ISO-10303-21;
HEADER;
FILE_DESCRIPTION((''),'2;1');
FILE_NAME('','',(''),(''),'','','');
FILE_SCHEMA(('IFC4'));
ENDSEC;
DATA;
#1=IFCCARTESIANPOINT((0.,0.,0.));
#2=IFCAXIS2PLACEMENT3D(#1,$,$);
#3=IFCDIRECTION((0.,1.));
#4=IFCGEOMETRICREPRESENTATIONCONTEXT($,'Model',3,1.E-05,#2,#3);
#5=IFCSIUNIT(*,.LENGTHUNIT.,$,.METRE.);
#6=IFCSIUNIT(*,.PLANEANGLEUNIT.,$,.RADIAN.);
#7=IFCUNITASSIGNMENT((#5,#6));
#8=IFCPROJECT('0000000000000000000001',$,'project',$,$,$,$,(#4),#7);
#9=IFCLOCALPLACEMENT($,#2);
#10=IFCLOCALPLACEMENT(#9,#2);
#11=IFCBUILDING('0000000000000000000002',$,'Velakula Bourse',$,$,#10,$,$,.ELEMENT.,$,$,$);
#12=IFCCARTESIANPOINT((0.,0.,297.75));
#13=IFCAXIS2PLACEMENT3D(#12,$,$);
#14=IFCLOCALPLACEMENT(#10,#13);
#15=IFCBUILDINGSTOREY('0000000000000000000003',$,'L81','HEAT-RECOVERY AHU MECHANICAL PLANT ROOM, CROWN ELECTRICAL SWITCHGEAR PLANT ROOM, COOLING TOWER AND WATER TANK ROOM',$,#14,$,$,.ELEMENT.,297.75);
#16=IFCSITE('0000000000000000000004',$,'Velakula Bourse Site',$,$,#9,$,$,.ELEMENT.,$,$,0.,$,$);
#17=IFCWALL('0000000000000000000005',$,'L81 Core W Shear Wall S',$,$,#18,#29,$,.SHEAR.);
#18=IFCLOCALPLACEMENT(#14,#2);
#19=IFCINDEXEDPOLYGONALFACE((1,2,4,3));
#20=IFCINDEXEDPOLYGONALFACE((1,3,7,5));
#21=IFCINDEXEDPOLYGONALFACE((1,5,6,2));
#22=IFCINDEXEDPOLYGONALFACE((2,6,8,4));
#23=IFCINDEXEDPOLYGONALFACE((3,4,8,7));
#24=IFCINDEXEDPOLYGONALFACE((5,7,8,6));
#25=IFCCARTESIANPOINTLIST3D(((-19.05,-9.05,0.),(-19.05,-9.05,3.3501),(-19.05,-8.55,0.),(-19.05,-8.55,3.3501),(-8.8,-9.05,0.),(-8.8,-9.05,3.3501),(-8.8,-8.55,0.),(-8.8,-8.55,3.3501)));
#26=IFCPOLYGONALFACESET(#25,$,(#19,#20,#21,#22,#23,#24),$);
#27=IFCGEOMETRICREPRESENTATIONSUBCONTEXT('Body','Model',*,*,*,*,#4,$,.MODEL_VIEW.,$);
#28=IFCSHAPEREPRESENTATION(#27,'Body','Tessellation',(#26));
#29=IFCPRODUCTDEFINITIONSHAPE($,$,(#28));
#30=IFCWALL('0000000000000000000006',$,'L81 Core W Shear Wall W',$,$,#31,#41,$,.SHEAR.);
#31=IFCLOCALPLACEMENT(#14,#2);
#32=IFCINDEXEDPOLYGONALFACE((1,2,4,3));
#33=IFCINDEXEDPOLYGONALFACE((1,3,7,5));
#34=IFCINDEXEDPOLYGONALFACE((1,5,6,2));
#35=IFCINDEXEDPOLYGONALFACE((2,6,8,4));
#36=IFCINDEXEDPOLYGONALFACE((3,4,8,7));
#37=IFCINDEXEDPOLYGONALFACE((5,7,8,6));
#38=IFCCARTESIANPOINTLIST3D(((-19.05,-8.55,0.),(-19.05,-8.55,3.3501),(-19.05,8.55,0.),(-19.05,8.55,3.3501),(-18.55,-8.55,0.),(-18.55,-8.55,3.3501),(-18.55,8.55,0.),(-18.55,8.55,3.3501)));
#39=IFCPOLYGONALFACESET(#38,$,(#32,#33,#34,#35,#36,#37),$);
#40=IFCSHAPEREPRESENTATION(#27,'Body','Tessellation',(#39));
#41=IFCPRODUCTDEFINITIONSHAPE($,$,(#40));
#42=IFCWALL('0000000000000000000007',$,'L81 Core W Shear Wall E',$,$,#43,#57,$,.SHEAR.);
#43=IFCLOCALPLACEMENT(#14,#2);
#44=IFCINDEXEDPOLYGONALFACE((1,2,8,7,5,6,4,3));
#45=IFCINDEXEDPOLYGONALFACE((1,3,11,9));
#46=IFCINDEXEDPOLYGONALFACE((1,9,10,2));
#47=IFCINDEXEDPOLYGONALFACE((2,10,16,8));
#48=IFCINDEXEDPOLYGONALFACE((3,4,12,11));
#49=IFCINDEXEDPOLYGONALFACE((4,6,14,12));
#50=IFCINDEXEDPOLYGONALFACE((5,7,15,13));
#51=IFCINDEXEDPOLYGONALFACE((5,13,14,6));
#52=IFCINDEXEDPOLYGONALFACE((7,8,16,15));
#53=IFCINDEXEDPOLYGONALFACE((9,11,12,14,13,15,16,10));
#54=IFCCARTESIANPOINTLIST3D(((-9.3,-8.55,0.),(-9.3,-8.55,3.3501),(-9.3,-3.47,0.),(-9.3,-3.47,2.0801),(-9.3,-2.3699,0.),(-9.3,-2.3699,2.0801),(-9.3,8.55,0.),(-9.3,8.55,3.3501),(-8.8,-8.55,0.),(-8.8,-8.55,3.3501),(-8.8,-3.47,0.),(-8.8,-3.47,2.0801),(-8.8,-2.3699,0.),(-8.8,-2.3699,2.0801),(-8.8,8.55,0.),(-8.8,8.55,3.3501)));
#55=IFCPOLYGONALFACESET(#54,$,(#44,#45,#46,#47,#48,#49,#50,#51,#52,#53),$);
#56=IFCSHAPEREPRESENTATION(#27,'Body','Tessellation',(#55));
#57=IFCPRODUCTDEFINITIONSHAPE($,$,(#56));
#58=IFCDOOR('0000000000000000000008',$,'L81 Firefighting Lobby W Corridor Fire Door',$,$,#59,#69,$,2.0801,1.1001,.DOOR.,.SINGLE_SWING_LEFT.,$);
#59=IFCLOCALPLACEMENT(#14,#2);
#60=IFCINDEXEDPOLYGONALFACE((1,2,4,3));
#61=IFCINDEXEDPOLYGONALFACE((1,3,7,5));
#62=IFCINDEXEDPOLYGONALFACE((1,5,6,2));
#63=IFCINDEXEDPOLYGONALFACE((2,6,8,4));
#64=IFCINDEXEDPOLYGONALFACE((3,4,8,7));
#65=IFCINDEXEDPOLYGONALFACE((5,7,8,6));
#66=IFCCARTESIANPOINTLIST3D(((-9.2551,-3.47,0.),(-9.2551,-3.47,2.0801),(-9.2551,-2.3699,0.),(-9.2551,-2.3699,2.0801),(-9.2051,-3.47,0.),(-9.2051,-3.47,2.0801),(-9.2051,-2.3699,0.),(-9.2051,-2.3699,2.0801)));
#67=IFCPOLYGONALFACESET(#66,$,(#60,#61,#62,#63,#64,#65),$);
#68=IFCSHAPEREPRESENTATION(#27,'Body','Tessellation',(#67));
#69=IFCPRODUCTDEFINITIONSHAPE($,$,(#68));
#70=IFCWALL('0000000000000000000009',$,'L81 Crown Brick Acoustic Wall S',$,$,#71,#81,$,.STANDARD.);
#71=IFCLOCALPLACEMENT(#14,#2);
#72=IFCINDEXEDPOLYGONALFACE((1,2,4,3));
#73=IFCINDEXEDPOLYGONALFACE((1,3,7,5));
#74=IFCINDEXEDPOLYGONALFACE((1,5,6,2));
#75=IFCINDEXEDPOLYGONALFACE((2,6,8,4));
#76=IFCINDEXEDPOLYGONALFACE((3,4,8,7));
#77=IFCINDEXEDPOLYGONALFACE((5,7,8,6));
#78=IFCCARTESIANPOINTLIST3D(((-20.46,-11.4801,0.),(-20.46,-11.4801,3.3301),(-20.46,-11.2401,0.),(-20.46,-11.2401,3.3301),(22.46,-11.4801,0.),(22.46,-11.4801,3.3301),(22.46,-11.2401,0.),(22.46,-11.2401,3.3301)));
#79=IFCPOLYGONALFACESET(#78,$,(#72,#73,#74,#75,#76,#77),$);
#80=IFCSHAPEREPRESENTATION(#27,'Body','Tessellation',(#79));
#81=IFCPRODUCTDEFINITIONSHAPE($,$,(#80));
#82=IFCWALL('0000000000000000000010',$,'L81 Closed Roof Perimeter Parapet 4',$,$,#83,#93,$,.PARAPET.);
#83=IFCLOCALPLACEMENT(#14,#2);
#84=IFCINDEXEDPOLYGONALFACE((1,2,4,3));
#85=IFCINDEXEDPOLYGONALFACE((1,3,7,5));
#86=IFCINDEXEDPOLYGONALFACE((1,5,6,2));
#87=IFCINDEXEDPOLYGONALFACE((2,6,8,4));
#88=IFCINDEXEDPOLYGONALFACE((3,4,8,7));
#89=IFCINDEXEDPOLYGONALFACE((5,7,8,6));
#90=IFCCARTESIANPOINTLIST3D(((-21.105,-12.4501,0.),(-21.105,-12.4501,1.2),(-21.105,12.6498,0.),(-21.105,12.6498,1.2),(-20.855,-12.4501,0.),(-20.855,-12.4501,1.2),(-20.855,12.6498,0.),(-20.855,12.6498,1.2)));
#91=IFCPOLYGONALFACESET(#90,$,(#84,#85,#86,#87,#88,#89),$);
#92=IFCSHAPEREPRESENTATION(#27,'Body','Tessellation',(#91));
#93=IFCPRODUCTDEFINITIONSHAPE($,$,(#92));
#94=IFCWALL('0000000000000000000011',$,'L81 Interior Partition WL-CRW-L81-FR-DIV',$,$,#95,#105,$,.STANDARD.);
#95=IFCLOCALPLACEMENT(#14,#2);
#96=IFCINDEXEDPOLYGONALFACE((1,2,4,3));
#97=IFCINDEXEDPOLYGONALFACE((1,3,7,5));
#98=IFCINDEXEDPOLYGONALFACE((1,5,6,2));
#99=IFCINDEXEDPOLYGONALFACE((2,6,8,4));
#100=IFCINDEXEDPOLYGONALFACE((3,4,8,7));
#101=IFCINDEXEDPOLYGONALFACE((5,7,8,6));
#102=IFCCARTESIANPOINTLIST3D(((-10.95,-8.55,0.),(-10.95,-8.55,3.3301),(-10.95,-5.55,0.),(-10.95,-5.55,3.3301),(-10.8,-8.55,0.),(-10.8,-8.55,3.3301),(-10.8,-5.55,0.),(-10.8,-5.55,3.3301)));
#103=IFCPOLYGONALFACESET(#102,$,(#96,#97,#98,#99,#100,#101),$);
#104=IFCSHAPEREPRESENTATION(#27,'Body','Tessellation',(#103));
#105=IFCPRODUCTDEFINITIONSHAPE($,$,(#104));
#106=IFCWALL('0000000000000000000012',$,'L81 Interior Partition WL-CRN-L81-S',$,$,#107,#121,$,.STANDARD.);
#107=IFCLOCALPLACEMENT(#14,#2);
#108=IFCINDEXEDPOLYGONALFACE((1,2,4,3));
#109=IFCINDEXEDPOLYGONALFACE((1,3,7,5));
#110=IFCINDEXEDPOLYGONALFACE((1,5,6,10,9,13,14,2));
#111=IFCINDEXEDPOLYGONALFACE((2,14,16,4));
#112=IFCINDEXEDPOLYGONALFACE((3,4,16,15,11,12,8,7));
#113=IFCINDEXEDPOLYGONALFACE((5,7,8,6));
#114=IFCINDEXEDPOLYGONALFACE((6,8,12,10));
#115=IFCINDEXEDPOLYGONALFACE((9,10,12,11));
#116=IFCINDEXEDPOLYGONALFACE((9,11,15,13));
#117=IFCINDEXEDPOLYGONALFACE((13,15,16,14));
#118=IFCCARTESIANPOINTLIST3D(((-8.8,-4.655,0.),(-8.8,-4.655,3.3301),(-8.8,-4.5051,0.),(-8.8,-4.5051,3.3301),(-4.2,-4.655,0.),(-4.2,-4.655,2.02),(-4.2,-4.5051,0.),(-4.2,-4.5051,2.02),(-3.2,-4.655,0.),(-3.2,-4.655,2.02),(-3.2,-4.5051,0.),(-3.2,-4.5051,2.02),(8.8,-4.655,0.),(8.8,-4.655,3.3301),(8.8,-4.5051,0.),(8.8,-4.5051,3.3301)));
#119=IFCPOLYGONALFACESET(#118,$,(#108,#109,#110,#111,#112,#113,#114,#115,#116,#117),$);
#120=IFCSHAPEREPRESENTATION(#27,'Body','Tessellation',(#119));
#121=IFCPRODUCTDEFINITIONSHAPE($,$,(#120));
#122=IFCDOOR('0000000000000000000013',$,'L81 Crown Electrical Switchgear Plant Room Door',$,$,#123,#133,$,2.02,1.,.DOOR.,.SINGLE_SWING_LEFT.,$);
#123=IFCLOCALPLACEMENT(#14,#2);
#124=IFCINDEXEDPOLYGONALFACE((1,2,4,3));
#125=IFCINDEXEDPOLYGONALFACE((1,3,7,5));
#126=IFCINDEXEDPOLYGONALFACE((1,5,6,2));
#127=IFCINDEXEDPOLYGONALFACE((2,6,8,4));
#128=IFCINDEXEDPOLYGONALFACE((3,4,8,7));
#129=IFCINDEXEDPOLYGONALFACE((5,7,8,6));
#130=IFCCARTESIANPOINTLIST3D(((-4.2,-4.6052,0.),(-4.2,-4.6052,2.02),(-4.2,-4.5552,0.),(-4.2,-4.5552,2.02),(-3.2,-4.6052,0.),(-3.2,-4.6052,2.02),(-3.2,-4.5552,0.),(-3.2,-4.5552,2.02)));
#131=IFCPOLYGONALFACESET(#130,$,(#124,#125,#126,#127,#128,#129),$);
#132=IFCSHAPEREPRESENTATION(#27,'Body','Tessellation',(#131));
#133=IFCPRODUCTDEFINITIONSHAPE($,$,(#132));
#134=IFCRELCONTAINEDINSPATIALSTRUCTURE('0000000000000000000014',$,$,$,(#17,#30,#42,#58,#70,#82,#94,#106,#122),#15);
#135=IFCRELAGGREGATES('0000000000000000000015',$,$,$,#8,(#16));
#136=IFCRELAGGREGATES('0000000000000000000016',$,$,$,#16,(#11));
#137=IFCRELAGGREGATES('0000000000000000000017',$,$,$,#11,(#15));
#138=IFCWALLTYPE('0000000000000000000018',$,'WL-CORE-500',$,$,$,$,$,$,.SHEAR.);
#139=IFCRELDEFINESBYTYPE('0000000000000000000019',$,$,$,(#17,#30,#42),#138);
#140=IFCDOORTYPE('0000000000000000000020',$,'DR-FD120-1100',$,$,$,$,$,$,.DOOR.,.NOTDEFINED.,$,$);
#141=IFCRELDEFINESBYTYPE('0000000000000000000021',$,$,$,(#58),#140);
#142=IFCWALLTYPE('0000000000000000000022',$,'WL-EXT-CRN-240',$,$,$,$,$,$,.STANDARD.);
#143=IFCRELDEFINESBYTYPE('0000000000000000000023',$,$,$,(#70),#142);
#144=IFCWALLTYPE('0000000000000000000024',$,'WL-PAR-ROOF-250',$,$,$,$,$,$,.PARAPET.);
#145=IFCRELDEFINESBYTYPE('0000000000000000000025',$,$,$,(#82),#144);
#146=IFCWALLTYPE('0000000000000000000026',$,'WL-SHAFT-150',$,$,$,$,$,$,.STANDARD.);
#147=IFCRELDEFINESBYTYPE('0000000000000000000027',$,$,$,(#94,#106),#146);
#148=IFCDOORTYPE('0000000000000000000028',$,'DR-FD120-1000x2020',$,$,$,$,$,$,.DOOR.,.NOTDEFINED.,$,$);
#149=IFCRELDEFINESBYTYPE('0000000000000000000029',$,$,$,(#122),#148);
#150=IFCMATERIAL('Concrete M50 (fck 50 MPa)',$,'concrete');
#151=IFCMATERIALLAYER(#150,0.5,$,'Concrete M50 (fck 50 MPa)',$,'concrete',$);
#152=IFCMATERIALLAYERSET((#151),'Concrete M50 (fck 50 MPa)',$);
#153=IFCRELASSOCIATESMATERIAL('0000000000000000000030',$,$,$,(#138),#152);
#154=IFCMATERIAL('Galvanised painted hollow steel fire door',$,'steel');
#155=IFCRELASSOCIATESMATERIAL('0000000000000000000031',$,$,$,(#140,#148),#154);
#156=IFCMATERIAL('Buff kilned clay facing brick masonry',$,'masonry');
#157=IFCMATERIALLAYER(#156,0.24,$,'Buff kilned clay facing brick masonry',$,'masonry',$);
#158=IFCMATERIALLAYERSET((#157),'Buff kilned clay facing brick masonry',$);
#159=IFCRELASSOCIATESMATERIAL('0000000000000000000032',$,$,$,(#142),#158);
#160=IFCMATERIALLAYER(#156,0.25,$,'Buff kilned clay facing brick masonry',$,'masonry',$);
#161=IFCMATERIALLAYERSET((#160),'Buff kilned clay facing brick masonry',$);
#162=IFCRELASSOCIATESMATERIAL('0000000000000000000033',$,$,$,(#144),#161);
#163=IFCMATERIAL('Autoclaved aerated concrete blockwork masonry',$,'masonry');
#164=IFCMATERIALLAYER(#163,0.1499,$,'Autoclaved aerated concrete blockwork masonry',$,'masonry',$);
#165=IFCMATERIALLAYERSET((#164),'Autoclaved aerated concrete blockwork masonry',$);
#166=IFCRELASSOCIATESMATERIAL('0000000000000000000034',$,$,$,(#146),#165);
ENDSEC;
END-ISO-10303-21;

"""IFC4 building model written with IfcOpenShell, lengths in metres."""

from ifc_helpers import new_model, si_unit, direction, frame, frame_2d, origin, place, context, subcontext, project, spatial, rectangle, extrude, material, layer, layer_set, type_object, element, fill, save


model = new_model("IFC4")

# Units and contexts
model_context = context("Model", 3, precision=1e-05, world=origin(), true_north=direction((0.0, 1.0)))
body_context = subcontext(model_context, "Body", "Model", "MODEL_VIEW")
ifc_project = project(units=[si_unit("LENGTHUNIT", "METRE"), si_unit("PLANEANGLEUNIT", "RADIAN")], contexts=[model_context])

# Site, building, storey
site_placement = place(None, origin())
site = spatial("IfcSite", under=ifc_project, at=site_placement, Name="Velakula Bourse Site", CompositionType="ELEMENT", RefElevation=0.0)
building_placement = place(site_placement, origin())
building = spatial("IfcBuilding", under=site, at=building_placement, Name="Velakula Bourse", CompositionType="ELEMENT")
storey_placement = place(building_placement, frame((0.0, 0.0, 297.75)))
storey = spatial("IfcBuildingStorey", under=building, at=storey_placement, Name="L81", Description="HEAT-RECOVERY AHU MECHANICAL PLANT ROOM, CROWN ELECTRICAL SWITCHGEAR PLANT ROOM, COOLING TOWER AND WATER TANK ROOM", CompositionType="ELEMENT", Elevation=297.75)

# Shared definitions
ifc_material_1 = material(Name="Concrete M50 (fck 50 MPa)", Category="concrete")

# Shared definitions
ifc_material_2 = material(Name="Galvanised painted hollow steel fire door", Category="steel")

# Walls
ifc_layer_1 = layer(ifc_material_1, 0.5, Name="Concrete M50 (fck 50 MPa)", Category="concrete")
ifc_layer_set_1 = layer_set([ifc_layer_1], Name="Concrete M50 (fck 50 MPa)")
wall_type_1 = type_object("IfcWallType", Name="WL-CORE-500", PredefinedType="SHEAR", material=ifc_layer_set_1)
wall_1_placement = place(storey_placement, frame((-19.05, -8.8, 0.0), z_axis=(0.0, 0.0, 1.0), x_axis=(1.0, 0.0, 0.0)))
element("IfcWall", 1, at=wall_1_placement, inside=storey, type_object=wall_type_1, Name="L81 Core W Shear Wall S", PredefinedType="SHEAR", context=body_context, shape_type="SweptSolid", body=[
    extrude(rectangle(XDim=10.25, YDim=0.5, at=frame_2d((5.125, 0.0))), origin(), (0.0, 0.0, 1.0), 3.3501),
])
wall_2_placement = place(storey_placement, frame((-18.8, -8.55, 0.0), z_axis=(0.0, 0.0, 1.0), x_axis=(0.0, 1.0, 0.0)))
element("IfcWall", 2, at=wall_2_placement, inside=storey, type_object=wall_type_1, Name="L81 Core W Shear Wall W", PredefinedType="SHEAR", context=body_context, shape_type="SweptSolid", body=[
    extrude(rectangle(XDim=17.1001, YDim=0.5, at=frame_2d((8.55, 0.0))), origin(), (0.0, 0.0, 1.0), 3.3501),
])

# Wall, opening, door
wall_3_placement = place(storey_placement, frame((-9.05, -8.55, 0.0), z_axis=(0.0, 0.0, 1.0), x_axis=(0.0, 1.0, 0.0)))
wall_3 = element("IfcWall", 3, at=wall_3_placement, inside=storey, type_object=wall_type_1, Name="L81 Core W Shear Wall E", PredefinedType="SHEAR", context=body_context, shape_type="SweptSolid", body=[
    extrude(rectangle(XDim=17.1001, YDim=0.5, at=frame_2d((8.55, 0.0))), origin(), (0.0, 0.0, 1.0), 3.3501),
])
opening_1_placement = place(wall_3_placement, frame((5.0801, 0.0, 0.0)))
opening_1 = element("IfcOpeningElement", 4, at=opening_1_placement, cuts=wall_3, PredefinedType="OPENING", context=body_context, shape_type="SweptSolid", body=[
    extrude(rectangle(XDim=1.1001, YDim=2.0801, at=frame_2d((0.55, 1.04))), frame((0.0, 0.26, 0.0), z_axis=(0.0, -1.0, 0.0), x_axis=(1.0, 0.0, 0.0)), (0.0, 0.0, 1.0), 0.52),
])
door_type_1 = type_object("IfcDoorType", Name="DR-FD120-1100", OperationType="NOTDEFINED", PredefinedType="DOOR", material=ifc_material_2)
door_1_placement = place(opening_1_placement, origin())
door_1 = element("IfcDoor", 5, at=door_1_placement, inside=storey, type_object=door_type_1, Name="L81 Firefighting Lobby W Corridor Fire Door", OperationType="SINGLE_SWING_LEFT", OverallHeight=2.0801, OverallWidth=1.1001, PredefinedType="DOOR", context=body_context, shape_type="SweptSolid", body=[
    extrude(rectangle(XDim=1.1001, YDim=2.0801, at=frame_2d((0.55, 1.04))), frame((0.0, 0.2051, 0.0), z_axis=(0.0, -1.0, 0.0), x_axis=(1.0, 0.0, 0.0)), (0.0, 0.0, 1.0), 0.05),
])
fill(opening_1, door_1)

# Walls
ifc_material_3 = material(Name="Buff kilned clay facing brick masonry", Category="masonry")
ifc_layer_2 = layer(ifc_material_3, 0.24, Name="Buff kilned clay facing brick masonry", Category="masonry")
ifc_layer_set_2 = layer_set([ifc_layer_2], Name="Buff kilned clay facing brick masonry")
wall_type_2 = type_object("IfcWallType", Name="WL-EXT-CRN-240", PredefinedType="STANDARD", material=ifc_layer_set_2)
wall_4_placement = place(storey_placement, frame((-20.46, -11.3601, 0.0), z_axis=(0.0, 0.0, 1.0), x_axis=(1.0, 0.0, 0.0)))
element("IfcWall", 6, at=wall_4_placement, inside=storey, type_object=wall_type_2, Name="L81 Crown Brick Acoustic Wall S", PredefinedType="STANDARD", context=body_context, shape_type="SweptSolid", body=[
    extrude(rectangle(XDim=42.9199, YDim=0.24, at=frame_2d((21.46, 0.0))), origin(), (0.0, 0.0, 1.0), 3.3301),
])
ifc_layer_3 = layer(ifc_material_3, 0.25, Name="Buff kilned clay facing brick masonry", Category="masonry")
ifc_layer_set_3 = layer_set([ifc_layer_3], Name="Buff kilned clay facing brick masonry")
wall_type_3 = type_object("IfcWallType", Name="WL-PAR-ROOF-250", PredefinedType="PARAPET", material=ifc_layer_set_3)
wall_5_placement = place(storey_placement, frame((-20.98, -12.45, 0.0), z_axis=(0.0, 0.0, 1.0), x_axis=(0.0, 1.0, 0.0)))
element("IfcWall", 7, at=wall_5_placement, inside=storey, type_object=wall_type_3, Name="L81 Closed Roof Perimeter Parapet 4", PredefinedType="PARAPET", context=body_context, shape_type="SweptSolid", body=[
    extrude(rectangle(XDim=25.0999, YDim=0.25, at=frame_2d((12.5498, 0.0))), origin(), (0.0, 0.0, 1.0), 1.2),
])

# Shared definitions
ifc_material_4 = material(Name="Autoclaved aerated concrete blockwork masonry", Category="masonry")
ifc_layer_4 = layer(ifc_material_4, 0.1499, Name="Autoclaved aerated concrete blockwork masonry", Category="masonry")
ifc_layer_set_4 = layer_set([ifc_layer_4], Name="Autoclaved aerated concrete blockwork masonry")
wall_type_4 = type_object("IfcWallType", Name="WL-SHAFT-150", PredefinedType="STANDARD", material=ifc_layer_set_4)

# Wall
wall_6_placement = place(storey_placement, frame((-10.875, -8.55, 0.0), z_axis=(0.0, 0.0, 1.0), x_axis=(0.0, 1.0, 0.0)))
element("IfcWall", 8, at=wall_6_placement, inside=storey, type_object=wall_type_4, Name="L81 Interior Partition WL-CRW-L81-FR-DIV", PredefinedType="STANDARD", context=body_context, shape_type="SweptSolid", body=[
    extrude(rectangle(XDim=3.0, YDim=0.1499, at=frame_2d((1.5, 0.0))), origin(), (0.0, 0.0, 1.0), 3.3301),
])

# Wall, opening, door
wall_7_placement = place(storey_placement, frame((-8.8, -4.5801, 0.0), z_axis=(0.0, 0.0, 1.0), x_axis=(1.0, 0.0, 0.0)))
wall_7 = element("IfcWall", 9, at=wall_7_placement, inside=storey, type_object=wall_type_4, Name="L81 Interior Partition WL-CRN-L81-S", PredefinedType="STANDARD", context=body_context, shape_type="SweptSolid", body=[
    extrude(rectangle(XDim=17.6001, YDim=0.1499, at=frame_2d((8.8, 0.0))), origin(), (0.0, 0.0, 1.0), 3.3301),
])
opening_2_placement = place(wall_7_placement, frame((4.6001, 0.0, 0.0)))
opening_2 = element("IfcOpeningElement", 10, at=opening_2_placement, cuts=wall_7, PredefinedType="OPENING", context=body_context, shape_type="SweptSolid", body=[
    extrude(rectangle(XDim=1.0, YDim=2.02, at=frame_2d((0.5, 1.01))), frame((0.0, 0.085, 0.0), z_axis=(0.0, -1.0, 0.0), x_axis=(1.0, 0.0, 0.0)), (0.0, 0.0, 1.0), 0.1699),
])
door_type_2 = type_object("IfcDoorType", Name="DR-FD120-1000x2020", OperationType="NOTDEFINED", PredefinedType="DOOR", material=ifc_material_2)
door_2_placement = place(opening_2_placement, origin())
door_2 = element("IfcDoor", 11, at=door_2_placement, inside=storey, type_object=door_type_2, Name="L81 Crown Electrical Switchgear Plant Room Door", OperationType="SINGLE_SWING_LEFT", OverallHeight=2.02, OverallWidth=1.0, PredefinedType="DOOR", context=body_context, shape_type="SweptSolid", body=[
    extrude(rectangle(XDim=1.0, YDim=2.02, at=frame_2d((0.5, 1.01))), frame((0.0, 0.0249, 0.0), z_axis=(0.0, -1.0, 0.0), x_axis=(1.0, 0.0, 0.0)), (0.0, 0.0, 1.0), 0.05),
])
fill(opening_2, door_2)

save(model, "model.ifc")
